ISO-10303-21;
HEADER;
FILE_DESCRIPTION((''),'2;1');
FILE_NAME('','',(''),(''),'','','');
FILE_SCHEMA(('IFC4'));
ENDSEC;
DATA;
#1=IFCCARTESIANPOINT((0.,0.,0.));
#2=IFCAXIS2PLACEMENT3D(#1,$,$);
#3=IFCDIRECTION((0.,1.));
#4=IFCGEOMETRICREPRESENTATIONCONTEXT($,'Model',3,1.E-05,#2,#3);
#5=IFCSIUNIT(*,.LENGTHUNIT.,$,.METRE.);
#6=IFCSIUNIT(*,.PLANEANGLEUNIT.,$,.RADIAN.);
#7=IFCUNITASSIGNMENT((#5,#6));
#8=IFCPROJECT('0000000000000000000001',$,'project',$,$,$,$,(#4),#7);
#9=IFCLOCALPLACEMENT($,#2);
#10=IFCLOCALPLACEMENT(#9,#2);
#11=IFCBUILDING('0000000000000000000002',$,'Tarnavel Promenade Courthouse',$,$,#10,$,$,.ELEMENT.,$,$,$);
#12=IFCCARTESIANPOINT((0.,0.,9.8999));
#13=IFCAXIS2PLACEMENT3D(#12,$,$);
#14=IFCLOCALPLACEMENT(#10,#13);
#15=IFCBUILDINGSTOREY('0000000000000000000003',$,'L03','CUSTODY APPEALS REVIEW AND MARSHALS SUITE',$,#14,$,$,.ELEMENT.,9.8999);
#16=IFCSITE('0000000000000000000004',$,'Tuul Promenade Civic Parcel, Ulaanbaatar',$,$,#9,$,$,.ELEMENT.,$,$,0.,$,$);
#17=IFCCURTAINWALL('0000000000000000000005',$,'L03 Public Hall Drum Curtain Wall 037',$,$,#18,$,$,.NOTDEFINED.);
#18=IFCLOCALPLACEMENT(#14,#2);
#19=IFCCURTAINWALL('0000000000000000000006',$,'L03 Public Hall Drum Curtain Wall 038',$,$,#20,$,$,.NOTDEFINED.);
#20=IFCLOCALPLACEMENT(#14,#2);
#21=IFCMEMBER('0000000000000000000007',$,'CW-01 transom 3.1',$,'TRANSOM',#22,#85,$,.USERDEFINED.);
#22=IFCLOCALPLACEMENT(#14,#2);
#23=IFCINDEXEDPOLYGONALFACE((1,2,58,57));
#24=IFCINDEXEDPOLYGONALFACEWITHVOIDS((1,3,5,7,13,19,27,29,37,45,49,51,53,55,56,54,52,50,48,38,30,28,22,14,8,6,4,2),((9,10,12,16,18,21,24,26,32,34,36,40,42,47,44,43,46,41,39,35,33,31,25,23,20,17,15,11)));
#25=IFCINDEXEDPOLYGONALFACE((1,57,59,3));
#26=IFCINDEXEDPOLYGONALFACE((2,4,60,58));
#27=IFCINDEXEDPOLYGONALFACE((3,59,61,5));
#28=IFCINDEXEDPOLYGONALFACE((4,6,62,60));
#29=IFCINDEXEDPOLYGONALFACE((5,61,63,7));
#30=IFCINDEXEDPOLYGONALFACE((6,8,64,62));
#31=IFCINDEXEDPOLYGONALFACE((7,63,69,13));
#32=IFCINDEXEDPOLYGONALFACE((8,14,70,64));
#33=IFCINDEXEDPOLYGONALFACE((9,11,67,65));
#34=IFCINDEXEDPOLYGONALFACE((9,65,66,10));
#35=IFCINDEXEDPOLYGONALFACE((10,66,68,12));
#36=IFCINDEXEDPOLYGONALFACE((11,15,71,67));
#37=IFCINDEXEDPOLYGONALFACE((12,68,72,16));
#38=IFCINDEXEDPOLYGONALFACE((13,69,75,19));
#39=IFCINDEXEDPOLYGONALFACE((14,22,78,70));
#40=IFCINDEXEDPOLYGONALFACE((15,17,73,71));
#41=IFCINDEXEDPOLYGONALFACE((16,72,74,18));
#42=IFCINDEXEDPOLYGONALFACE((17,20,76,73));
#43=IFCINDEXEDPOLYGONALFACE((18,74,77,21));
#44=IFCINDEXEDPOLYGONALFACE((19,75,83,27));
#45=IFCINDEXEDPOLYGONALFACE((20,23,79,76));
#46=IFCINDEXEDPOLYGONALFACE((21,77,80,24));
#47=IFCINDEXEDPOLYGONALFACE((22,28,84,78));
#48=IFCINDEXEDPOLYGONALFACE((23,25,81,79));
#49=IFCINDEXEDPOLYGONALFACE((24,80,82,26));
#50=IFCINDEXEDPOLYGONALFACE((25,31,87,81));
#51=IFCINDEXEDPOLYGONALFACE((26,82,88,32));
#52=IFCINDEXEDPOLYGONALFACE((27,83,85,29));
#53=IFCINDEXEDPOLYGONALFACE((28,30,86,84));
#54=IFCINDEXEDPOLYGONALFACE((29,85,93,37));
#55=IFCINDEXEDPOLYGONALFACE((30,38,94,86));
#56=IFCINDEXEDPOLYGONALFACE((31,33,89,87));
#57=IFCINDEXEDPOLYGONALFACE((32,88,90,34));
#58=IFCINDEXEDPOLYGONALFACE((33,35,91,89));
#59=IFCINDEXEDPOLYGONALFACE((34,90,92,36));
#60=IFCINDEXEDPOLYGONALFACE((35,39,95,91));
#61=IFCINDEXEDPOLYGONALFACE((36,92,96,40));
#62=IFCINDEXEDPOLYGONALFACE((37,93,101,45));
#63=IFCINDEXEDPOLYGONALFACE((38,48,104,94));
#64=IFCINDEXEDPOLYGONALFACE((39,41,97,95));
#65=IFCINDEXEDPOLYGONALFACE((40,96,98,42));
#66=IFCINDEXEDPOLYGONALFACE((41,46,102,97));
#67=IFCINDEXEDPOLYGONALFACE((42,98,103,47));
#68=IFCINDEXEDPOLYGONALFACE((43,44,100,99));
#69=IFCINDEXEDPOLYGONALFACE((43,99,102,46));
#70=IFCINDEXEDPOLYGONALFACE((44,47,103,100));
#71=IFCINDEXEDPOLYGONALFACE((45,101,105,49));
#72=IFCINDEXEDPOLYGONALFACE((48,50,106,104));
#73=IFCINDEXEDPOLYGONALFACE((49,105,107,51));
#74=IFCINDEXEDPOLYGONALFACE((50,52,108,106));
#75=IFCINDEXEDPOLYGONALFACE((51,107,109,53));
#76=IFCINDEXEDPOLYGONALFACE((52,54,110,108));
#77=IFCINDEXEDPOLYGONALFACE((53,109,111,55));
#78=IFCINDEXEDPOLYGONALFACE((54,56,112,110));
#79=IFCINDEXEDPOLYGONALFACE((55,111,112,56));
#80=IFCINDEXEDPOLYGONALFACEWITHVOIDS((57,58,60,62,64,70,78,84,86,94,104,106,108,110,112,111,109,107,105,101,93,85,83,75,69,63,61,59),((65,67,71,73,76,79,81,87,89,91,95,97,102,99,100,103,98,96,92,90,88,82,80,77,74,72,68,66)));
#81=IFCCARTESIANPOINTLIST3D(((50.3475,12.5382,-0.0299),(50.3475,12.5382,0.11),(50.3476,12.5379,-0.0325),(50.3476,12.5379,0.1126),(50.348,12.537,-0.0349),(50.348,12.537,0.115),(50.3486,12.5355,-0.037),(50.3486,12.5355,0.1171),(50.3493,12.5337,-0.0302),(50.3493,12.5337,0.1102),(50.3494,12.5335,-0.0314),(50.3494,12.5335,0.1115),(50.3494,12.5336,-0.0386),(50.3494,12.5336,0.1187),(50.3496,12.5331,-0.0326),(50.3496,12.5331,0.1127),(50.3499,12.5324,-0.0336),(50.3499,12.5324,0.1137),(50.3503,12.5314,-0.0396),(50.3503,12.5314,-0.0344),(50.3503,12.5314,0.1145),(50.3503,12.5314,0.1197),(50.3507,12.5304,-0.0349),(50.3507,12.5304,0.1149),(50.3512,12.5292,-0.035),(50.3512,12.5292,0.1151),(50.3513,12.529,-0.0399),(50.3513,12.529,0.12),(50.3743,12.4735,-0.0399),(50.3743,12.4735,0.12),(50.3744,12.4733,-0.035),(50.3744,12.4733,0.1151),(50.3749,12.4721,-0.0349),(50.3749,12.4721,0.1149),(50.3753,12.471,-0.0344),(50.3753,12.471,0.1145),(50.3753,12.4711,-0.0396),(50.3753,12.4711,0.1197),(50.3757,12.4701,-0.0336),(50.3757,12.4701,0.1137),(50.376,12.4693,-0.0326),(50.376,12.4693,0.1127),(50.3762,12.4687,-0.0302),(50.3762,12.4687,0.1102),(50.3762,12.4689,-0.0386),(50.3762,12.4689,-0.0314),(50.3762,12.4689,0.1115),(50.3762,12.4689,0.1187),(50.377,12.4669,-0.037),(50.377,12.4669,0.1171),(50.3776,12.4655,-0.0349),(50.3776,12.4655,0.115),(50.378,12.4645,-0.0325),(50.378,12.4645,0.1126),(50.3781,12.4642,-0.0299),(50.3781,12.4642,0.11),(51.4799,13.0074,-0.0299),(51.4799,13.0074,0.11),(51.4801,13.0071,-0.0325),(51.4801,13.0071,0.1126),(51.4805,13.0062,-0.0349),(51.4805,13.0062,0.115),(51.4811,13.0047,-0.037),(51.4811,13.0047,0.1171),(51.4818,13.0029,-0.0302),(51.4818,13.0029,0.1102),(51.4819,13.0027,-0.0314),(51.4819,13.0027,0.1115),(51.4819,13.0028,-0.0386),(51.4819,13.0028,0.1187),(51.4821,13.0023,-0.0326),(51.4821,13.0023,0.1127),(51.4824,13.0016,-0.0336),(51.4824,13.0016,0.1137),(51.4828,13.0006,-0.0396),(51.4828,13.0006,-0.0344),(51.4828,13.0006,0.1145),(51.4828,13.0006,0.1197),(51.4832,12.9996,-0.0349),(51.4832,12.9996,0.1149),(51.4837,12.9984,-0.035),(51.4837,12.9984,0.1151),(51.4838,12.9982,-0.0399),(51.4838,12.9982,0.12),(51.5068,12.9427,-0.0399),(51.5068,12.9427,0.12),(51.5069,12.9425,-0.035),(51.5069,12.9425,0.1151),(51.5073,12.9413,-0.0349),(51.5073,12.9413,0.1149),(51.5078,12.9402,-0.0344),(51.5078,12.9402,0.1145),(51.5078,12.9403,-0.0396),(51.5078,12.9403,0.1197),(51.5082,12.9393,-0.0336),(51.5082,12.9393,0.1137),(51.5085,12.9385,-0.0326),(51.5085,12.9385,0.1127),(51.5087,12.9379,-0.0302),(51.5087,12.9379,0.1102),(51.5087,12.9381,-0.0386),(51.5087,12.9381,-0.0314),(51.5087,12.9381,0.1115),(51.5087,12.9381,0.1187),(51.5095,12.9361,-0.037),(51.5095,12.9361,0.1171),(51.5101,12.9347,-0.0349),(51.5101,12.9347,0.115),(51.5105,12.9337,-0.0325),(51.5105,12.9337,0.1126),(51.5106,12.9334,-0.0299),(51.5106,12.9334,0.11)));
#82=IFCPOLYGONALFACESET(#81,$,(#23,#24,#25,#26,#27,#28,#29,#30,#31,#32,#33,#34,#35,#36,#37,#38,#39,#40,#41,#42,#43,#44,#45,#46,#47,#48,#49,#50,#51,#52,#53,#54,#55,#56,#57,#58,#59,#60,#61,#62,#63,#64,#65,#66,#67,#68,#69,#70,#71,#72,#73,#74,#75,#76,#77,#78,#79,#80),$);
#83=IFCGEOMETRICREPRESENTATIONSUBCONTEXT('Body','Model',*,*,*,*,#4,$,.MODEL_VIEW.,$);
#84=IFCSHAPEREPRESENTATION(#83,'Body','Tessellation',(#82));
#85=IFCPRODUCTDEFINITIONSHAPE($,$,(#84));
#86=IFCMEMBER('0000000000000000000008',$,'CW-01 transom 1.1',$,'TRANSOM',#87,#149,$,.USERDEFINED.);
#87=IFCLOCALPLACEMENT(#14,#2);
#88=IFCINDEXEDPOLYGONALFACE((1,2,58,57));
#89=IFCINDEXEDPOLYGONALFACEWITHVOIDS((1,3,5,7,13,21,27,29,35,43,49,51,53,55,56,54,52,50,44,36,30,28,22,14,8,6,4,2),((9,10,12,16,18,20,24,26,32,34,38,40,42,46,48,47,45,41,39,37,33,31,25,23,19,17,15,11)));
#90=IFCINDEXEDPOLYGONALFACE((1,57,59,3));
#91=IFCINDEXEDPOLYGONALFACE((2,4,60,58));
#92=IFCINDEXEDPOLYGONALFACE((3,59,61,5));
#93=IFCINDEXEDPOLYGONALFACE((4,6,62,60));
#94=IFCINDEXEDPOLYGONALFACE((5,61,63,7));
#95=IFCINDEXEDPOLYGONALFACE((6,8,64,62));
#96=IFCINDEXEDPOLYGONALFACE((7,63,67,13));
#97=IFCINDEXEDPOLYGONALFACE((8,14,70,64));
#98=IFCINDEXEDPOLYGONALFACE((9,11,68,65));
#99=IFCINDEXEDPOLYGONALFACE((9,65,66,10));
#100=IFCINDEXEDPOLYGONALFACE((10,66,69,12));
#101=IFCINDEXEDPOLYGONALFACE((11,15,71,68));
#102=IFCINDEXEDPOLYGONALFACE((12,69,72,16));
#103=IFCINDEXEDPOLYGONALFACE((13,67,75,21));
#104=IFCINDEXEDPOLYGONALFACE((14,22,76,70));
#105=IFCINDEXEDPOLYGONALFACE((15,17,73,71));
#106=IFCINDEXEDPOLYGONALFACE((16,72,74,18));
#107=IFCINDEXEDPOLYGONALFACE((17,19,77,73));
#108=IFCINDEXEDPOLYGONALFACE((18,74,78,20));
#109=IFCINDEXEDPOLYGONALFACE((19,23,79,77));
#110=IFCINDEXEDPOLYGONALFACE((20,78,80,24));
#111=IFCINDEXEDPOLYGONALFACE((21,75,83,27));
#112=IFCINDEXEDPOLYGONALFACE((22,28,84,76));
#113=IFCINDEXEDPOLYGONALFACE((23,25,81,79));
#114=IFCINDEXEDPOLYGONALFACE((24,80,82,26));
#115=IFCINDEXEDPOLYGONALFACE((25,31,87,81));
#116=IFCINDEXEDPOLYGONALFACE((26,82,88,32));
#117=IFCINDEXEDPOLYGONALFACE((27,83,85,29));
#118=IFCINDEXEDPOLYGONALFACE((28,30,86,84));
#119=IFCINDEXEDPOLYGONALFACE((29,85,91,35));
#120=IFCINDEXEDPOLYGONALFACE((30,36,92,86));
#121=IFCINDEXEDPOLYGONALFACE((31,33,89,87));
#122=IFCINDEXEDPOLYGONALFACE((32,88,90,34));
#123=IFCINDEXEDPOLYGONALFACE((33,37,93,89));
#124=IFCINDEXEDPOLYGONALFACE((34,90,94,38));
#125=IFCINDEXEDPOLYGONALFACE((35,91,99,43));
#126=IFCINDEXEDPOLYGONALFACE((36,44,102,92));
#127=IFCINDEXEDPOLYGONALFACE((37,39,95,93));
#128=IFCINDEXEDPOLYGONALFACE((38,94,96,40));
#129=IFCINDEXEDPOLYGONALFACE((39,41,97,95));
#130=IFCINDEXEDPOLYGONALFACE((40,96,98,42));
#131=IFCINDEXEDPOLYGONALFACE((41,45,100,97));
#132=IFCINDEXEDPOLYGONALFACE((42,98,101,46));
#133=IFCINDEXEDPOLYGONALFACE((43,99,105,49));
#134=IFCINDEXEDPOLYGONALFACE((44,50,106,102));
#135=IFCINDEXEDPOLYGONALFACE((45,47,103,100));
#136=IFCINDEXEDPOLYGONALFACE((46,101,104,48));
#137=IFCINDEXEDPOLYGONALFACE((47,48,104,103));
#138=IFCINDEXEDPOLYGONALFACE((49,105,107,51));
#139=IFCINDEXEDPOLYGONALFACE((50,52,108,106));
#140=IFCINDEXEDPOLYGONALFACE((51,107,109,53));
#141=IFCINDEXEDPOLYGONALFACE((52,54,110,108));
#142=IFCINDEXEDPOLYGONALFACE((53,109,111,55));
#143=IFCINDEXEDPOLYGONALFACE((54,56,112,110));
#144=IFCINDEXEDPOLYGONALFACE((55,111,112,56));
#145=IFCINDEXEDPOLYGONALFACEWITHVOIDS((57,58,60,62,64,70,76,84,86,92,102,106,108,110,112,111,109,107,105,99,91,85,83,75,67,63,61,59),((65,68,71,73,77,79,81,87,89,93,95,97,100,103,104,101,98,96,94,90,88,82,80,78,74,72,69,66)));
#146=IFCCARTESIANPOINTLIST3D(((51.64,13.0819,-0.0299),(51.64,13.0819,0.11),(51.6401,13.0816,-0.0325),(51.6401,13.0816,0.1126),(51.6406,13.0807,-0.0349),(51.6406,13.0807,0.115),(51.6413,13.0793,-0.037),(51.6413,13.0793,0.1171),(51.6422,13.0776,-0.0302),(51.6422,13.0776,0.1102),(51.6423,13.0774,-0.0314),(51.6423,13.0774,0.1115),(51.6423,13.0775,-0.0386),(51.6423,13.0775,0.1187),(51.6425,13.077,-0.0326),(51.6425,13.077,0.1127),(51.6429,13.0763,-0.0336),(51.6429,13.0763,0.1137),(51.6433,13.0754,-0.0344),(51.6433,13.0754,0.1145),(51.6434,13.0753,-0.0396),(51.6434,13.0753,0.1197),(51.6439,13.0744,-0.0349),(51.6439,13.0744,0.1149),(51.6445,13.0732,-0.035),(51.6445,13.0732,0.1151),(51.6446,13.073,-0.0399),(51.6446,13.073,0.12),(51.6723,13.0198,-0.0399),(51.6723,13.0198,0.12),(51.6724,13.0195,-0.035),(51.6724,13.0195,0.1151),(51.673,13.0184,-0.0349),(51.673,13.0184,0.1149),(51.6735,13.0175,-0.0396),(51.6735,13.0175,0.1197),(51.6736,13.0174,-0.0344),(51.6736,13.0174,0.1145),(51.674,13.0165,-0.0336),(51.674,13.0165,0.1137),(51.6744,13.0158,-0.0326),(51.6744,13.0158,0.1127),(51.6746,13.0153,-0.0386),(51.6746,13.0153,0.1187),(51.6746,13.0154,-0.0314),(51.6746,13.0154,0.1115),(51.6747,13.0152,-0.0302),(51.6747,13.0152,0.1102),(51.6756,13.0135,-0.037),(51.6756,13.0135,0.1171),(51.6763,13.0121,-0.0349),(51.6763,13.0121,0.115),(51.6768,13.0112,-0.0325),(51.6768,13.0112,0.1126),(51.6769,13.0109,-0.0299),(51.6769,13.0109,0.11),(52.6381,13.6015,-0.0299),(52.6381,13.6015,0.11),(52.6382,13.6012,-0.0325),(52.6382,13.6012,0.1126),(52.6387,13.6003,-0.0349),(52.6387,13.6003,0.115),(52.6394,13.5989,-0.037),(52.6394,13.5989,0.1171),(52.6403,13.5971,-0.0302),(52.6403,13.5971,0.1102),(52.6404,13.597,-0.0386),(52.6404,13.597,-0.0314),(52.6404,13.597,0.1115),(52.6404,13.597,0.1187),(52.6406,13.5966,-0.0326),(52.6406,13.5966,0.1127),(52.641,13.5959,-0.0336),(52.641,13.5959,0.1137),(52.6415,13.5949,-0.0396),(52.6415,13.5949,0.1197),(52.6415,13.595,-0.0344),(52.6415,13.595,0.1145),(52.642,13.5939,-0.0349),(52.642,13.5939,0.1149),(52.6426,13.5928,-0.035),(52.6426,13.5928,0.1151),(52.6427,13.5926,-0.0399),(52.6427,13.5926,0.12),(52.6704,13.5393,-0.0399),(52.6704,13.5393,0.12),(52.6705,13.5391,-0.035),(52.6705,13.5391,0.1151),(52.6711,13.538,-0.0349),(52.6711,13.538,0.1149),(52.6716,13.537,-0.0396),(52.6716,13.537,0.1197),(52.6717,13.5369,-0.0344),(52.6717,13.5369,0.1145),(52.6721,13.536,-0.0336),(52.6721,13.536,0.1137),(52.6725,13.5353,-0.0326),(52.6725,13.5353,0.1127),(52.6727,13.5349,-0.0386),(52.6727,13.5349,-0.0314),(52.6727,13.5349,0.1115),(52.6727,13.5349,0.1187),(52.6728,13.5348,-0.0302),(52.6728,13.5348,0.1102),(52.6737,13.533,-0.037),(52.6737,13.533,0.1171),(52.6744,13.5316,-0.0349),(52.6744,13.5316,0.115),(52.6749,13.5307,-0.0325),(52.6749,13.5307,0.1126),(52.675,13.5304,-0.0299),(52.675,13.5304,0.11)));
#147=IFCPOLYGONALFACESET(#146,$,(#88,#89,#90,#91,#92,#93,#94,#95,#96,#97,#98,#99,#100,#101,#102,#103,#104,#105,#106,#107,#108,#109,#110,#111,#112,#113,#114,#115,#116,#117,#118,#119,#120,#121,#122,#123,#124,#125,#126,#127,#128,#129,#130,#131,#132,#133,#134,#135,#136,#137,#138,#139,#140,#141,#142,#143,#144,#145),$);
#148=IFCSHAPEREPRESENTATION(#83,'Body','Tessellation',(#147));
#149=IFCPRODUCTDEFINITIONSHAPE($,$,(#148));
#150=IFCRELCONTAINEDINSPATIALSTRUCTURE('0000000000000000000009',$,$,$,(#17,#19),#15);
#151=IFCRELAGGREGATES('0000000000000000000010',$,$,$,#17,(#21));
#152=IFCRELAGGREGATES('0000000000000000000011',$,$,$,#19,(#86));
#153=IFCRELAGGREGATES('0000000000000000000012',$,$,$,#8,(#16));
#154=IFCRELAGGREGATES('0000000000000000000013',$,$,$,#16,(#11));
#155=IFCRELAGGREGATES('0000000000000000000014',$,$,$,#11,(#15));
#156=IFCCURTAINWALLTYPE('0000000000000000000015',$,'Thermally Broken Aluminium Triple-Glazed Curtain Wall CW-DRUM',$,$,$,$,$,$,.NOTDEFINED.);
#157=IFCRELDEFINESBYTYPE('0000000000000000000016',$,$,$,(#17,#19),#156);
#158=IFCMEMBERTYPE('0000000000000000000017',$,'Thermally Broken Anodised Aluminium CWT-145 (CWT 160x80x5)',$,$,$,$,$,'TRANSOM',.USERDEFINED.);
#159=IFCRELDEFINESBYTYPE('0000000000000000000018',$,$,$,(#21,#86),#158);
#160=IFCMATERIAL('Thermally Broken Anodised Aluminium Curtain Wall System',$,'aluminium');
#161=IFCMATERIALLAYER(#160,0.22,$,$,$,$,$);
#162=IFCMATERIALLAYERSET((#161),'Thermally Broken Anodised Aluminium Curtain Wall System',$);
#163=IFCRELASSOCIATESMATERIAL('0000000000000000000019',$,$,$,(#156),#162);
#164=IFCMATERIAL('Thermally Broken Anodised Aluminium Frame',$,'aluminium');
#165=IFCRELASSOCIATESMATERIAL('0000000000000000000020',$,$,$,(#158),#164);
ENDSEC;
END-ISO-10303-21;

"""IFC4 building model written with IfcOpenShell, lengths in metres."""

from ifc_helpers import new_model, si_unit, direction, frame, origin, origin_2d, place, context, subcontext, project, spatial, hollow_rectangle, extrude, material, layer, layer_set, material_profile, profile_set, type_object, element, aggregate, save


model = new_model("IFC4")

# Units and contexts
model_context = context("Model", 3, precision=1e-05, world=origin(), true_north=direction((0.0, 1.0)))
body_context = subcontext(model_context, "Body", "Model", "MODEL_VIEW")
ifc_project = project(units=[si_unit("LENGTHUNIT", "METRE"), si_unit("PLANEANGLEUNIT", "RADIAN")], contexts=[model_context])

# Site, building, storey
site_placement = place(None, origin())
site = spatial("IfcSite", under=ifc_project, at=site_placement, Name="Tuul Promenade Civic Parcel, Ulaanbaatar", CompositionType="ELEMENT", RefElevation=0.0)
building_placement = place(site_placement, origin())
building = spatial("IfcBuilding", under=site, at=building_placement, Name="Tarnavel Promenade Courthouse", CompositionType="ELEMENT")
storey_placement = place(building_placement, frame((0.0, 0.0, 9.8999)))
storey = spatial("IfcBuildingStorey", under=building, at=storey_placement, Name="L03", Description="CUSTODY APPEALS REVIEW AND MARSHALS SUITE", CompositionType="ELEMENT", Elevation=9.8999)

# Curtain walls
ifc_material_1 = material(Name="Thermally Broken Anodised Aluminium Curtain Wall System", Category="aluminium")
ifc_layer_1 = layer(ifc_material_1, 0.22)
ifc_layer_set_1 = layer_set([ifc_layer_1], Name="Thermally Broken Anodised Aluminium Curtain Wall System")
curtain_wall_type = type_object("IfcCurtainWallType", Name="Thermally Broken Aluminium Triple-Glazed Curtain Wall CW-DRUM", PredefinedType="NOTDEFINED", material=ifc_layer_set_1)
curtain_wall_1_placement = place(storey_placement, origin())
curtain_wall_1 = element("IfcCurtainWall", 1, at=curtain_wall_1_placement, inside=storey, type_object=curtain_wall_type, Name="L03 Public Hall Drum Curtain Wall 037", PredefinedType="NOTDEFINED")
ifc_material_2 = material(Name="Thermally Broken Anodised Aluminium Frame", Category="aluminium")
curtain_wall_2_placement = place(storey_placement, origin())
curtain_wall_2 = element("IfcCurtainWall", 2, at=curtain_wall_2_placement, inside=storey, type_object=curtain_wall_type, Name="L03 Public Hall Drum Curtain Wall 038", PredefinedType="NOTDEFINED")

# Members
ifc_material_profile_1 = material_profile(ifc_material_2, hollow_rectangle(XDim=0.0801, YDim=0.1599, WallThickness=0.0049, InnerFilletRadius=0.0049, OuterFilletRadius=0.01, at=origin_2d()), Name="CWT 160x80x5")
ifc_profile_set_1 = profile_set([ifc_material_profile_1], Name="Thermally Broken Anodised Aluminium Frame")
member_type_1 = type_object("IfcMemberType", Name="Thermally Broken Anodised Aluminium CWT-145 (CWT 160x80x5)", ElementType="TRANSOM", PredefinedType="USERDEFINED", material=ifc_profile_set_1)
member_1_placement = place(storey_placement, frame((50.3628, 12.5012, 0.04), z_axis=(0.923847, 0.382762, 0.0), x_axis=(-0.382762, 0.923847, 0.0)))
member_1 = element("IfcMember", 3, at=member_1_placement, type_object=member_type_1, Name="CW-01 transom 3.1", ObjectType="TRANSOM", PredefinedType="USERDEFINED", context=body_context, shape_type="SweptSolid", body=[
    extrude(hollow_rectangle(XDim=0.0801, YDim=0.1599, WallThickness=0.0049, InnerFilletRadius=0.0049, OuterFilletRadius=0.01, at=origin_2d()), origin(), (0.0, 0.0, 1.0), 1.2258),
])
member_2_placement = place(storey_placement, frame((51.6584, 13.0464, 0.04), z_axis=(0.887018, 0.461735, 0.0), x_axis=(-0.461735, 0.887018, 0.0)))
member_2 = element("IfcMember", 4, at=member_2_placement, type_object=member_type_1, Name="CW-01 transom 1.1", ObjectType="TRANSOM", PredefinedType="USERDEFINED", context=body_context, shape_type="SweptSolid", body=[
    extrude(hollow_rectangle(XDim=0.0801, YDim=0.1599, WallThickness=0.0049, InnerFilletRadius=0.0049, OuterFilletRadius=0.01, at=origin_2d()), origin(), (0.0, 0.0, 1.0), 1.1252),
])

aggregate(curtain_wall_1, [member_1])
aggregate(curtain_wall_2, [member_2])

save(model, "model.ifc")
